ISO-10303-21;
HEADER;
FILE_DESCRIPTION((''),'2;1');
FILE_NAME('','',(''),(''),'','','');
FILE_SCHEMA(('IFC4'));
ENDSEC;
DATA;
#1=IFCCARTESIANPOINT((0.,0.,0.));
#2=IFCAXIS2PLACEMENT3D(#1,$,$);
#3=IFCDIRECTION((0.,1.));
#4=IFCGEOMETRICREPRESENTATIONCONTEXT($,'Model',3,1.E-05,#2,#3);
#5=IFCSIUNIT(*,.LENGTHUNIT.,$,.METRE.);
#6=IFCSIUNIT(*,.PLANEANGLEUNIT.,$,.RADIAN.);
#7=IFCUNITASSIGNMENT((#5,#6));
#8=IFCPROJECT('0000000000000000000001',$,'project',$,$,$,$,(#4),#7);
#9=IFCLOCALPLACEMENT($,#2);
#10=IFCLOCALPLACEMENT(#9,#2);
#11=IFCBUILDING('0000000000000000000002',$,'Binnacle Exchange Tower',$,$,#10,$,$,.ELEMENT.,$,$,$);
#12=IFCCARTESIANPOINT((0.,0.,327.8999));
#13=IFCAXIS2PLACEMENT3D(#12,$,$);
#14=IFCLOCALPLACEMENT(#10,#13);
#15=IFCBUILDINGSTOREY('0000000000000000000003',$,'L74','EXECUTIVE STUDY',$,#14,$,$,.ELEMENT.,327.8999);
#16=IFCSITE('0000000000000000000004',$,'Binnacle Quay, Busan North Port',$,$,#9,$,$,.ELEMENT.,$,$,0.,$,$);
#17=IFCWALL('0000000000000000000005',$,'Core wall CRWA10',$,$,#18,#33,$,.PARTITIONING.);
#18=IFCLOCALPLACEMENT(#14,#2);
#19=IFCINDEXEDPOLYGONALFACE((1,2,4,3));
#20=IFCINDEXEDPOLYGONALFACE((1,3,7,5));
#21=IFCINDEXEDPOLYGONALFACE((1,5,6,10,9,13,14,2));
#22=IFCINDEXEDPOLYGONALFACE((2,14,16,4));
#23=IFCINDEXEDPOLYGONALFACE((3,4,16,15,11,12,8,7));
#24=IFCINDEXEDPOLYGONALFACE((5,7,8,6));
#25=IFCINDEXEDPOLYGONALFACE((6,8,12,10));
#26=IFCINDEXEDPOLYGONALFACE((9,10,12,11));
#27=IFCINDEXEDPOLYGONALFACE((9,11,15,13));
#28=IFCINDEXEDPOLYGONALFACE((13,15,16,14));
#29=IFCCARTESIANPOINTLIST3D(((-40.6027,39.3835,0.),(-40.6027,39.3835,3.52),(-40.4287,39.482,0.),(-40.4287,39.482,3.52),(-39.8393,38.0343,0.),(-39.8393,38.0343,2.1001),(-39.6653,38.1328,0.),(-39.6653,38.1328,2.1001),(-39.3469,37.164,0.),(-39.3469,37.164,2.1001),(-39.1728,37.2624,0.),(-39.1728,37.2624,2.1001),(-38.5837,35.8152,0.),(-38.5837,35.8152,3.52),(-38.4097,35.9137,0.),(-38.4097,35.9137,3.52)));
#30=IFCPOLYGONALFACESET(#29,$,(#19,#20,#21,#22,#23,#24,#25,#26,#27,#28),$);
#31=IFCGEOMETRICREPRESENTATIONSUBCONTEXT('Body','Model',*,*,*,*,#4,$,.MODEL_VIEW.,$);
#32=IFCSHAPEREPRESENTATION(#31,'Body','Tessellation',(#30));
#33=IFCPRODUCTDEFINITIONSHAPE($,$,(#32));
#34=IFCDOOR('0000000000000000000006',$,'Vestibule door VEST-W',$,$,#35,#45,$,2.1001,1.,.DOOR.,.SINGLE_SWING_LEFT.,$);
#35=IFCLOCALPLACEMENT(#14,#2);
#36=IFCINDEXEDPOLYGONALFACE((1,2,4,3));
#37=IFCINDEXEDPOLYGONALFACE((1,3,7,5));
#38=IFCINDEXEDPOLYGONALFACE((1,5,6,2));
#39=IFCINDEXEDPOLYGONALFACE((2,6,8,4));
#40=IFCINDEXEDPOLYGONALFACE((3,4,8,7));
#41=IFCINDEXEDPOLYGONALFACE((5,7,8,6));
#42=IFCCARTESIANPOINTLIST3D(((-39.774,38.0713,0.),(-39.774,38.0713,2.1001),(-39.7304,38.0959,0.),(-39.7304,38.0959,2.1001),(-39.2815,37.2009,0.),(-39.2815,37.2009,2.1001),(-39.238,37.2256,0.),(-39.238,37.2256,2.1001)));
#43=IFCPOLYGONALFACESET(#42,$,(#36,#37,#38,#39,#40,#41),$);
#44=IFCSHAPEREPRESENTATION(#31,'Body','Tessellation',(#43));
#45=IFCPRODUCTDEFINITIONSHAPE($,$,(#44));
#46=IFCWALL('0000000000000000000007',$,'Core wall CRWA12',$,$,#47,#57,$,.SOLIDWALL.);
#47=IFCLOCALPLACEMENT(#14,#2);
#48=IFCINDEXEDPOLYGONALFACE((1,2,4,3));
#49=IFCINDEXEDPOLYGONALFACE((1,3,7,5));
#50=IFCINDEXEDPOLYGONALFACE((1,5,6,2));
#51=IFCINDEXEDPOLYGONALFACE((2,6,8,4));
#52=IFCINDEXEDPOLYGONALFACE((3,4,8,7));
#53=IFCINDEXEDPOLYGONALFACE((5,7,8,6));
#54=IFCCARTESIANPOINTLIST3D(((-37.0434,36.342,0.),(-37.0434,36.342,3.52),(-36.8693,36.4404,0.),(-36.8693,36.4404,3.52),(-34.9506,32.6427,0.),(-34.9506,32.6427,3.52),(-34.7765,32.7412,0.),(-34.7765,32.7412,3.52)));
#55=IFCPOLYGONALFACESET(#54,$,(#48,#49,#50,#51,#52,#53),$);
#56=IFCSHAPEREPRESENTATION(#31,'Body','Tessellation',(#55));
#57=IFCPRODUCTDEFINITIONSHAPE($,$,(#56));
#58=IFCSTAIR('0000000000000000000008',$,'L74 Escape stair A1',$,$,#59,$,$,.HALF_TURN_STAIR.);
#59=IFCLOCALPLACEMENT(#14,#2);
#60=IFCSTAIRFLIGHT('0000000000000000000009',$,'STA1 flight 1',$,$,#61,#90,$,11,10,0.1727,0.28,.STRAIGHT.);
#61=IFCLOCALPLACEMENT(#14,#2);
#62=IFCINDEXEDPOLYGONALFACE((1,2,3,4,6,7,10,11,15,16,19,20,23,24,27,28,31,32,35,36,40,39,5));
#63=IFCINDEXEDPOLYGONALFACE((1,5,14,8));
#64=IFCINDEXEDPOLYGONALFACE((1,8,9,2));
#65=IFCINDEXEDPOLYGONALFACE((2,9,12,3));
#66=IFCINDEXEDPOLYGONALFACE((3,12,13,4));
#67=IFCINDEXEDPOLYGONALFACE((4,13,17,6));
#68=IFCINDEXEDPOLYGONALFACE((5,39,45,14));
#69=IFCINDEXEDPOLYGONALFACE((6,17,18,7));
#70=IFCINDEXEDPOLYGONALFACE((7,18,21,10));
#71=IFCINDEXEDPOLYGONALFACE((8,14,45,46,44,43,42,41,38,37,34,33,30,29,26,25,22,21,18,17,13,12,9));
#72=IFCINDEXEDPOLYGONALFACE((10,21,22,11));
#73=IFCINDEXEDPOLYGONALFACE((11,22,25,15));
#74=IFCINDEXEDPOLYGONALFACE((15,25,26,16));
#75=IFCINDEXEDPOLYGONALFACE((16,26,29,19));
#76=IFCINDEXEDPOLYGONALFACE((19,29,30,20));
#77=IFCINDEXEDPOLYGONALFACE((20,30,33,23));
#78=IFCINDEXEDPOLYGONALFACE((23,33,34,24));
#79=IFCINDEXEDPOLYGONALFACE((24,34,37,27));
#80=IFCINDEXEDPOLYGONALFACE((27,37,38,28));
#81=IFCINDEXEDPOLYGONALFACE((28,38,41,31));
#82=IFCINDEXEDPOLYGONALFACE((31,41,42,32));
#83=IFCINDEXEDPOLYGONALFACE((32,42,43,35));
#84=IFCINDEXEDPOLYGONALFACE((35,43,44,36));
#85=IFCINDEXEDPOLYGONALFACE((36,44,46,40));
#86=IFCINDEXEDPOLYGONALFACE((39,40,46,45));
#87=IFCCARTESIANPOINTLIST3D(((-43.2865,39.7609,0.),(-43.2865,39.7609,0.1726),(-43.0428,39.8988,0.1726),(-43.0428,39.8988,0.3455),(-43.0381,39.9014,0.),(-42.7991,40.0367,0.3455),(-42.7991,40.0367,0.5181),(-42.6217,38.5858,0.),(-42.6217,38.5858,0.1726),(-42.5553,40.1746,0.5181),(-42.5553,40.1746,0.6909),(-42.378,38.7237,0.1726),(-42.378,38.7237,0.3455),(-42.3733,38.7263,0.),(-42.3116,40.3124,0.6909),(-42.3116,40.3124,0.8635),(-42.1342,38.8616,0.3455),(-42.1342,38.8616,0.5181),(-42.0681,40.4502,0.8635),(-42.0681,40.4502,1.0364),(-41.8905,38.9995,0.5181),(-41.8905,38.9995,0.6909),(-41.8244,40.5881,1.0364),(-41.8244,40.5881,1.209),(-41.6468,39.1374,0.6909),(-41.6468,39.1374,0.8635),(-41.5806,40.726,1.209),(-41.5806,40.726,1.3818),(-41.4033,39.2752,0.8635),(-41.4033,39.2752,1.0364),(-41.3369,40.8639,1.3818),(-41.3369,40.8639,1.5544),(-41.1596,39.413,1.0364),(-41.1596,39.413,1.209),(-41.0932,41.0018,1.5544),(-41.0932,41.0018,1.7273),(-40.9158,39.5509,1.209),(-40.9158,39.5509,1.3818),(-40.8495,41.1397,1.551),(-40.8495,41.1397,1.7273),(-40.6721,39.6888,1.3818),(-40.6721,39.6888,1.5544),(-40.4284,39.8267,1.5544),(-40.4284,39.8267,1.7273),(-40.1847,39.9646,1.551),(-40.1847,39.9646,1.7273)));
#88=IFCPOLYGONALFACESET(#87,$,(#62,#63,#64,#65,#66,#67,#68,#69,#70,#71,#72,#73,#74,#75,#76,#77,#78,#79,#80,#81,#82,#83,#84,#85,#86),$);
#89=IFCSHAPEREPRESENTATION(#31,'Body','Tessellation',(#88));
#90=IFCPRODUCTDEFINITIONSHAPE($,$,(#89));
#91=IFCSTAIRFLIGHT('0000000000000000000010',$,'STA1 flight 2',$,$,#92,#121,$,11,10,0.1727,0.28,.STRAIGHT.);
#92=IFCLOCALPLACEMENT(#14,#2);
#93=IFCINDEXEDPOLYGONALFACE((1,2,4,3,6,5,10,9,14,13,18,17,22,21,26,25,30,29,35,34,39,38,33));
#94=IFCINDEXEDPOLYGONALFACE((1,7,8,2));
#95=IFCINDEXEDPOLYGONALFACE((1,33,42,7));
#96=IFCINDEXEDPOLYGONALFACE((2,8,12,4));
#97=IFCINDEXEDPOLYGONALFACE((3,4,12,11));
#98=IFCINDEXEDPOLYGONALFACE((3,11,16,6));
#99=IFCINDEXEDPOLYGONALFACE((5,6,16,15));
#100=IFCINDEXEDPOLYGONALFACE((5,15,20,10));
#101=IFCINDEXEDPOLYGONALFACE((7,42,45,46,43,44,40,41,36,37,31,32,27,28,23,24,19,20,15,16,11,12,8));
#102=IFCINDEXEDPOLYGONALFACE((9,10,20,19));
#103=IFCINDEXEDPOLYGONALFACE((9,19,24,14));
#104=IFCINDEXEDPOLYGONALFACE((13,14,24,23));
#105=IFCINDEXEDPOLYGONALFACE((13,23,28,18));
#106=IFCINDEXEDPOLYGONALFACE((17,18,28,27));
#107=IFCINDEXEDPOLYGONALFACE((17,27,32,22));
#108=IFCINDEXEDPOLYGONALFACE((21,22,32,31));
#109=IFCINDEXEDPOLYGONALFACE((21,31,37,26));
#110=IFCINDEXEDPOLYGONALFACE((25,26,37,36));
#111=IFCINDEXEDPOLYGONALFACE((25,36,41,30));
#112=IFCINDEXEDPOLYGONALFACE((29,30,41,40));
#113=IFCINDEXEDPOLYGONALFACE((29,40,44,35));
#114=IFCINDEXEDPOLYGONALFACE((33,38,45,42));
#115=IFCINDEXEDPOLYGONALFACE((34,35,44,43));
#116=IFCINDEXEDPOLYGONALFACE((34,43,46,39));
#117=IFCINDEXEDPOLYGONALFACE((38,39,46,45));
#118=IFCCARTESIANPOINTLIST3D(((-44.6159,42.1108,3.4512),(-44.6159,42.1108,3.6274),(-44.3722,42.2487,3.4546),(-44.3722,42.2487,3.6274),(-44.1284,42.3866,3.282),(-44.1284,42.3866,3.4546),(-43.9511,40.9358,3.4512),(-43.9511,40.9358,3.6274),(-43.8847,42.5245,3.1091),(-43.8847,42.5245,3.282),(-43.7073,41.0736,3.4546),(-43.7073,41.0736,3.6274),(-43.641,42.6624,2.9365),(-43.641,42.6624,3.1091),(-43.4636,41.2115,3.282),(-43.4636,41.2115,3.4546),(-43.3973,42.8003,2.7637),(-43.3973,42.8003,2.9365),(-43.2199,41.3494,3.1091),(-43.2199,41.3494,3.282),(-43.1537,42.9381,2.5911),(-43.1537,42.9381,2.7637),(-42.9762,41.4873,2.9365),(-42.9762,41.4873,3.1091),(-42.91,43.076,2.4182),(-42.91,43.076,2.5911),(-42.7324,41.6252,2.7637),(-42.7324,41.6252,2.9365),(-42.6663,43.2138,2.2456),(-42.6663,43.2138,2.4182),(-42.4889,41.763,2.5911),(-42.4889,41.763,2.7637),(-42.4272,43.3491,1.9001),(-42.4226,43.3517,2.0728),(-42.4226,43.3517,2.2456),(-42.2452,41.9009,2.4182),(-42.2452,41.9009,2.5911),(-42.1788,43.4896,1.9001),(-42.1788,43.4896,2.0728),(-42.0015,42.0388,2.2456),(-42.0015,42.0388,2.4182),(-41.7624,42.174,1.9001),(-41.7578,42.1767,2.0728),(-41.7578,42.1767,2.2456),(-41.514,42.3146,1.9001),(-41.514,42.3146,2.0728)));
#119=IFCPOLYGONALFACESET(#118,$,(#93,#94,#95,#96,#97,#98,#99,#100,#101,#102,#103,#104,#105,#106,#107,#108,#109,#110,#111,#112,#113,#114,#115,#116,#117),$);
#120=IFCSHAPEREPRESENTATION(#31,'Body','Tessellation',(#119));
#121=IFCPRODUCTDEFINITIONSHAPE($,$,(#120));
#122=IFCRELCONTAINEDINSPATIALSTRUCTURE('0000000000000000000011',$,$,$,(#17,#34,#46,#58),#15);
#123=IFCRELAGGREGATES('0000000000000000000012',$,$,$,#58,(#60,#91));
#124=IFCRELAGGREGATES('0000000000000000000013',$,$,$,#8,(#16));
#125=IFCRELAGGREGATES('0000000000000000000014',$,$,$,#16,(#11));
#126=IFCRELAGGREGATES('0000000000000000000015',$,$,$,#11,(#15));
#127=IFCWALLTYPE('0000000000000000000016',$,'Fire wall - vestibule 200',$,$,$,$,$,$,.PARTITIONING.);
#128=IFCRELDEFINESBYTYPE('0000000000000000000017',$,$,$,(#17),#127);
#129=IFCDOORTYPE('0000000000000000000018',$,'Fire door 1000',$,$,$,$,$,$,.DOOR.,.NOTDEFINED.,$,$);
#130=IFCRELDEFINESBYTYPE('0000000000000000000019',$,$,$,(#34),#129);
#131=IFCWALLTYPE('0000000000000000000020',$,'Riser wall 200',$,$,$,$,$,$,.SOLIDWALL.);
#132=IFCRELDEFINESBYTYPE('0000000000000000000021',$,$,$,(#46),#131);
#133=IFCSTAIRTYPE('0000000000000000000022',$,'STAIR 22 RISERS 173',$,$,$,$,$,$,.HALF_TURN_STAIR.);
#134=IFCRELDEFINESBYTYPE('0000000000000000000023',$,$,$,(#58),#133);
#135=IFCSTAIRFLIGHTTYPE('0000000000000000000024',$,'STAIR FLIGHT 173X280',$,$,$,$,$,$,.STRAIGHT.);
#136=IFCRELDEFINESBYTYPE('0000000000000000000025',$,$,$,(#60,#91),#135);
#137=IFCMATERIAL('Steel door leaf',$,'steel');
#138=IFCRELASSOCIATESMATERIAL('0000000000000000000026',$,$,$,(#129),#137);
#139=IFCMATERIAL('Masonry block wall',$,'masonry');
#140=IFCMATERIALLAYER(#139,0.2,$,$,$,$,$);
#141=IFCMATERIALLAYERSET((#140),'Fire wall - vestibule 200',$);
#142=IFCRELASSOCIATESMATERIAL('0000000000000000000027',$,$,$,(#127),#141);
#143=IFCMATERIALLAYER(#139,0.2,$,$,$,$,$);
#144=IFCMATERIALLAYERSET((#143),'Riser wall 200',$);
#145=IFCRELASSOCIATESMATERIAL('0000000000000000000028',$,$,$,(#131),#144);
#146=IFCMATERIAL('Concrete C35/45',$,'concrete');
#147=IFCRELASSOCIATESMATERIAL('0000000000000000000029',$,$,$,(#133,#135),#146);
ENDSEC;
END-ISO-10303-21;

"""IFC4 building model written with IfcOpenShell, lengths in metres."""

from ifc_helpers import new_model, si_unit, direction, frame, frame_2d, origin, place, context, subcontext, project, spatial, polyline, rectangle, outline, extrude, material, layer, layer_set, type_object, element, fill, aggregate, save


model = new_model("IFC4")

# Units and contexts
model_context = context("Model", 3, precision=1e-05, world=origin(), true_north=direction((0.0, 1.0)))
body_context = subcontext(model_context, "Body", "Model", "MODEL_VIEW")
ifc_project = project(units=[si_unit("LENGTHUNIT", "METRE"), si_unit("PLANEANGLEUNIT", "RADIAN")], contexts=[model_context])

# Site, building, storey
site_placement = place(None, origin())
site = spatial("IfcSite", under=ifc_project, at=site_placement, Name="Binnacle Quay, Busan North Port", CompositionType="ELEMENT", RefElevation=0.0)
building_placement = place(site_placement, origin())
building = spatial("IfcBuilding", under=site, at=building_placement, Name="Binnacle Exchange Tower", CompositionType="ELEMENT")
storey_placement = place(building_placement, frame((0.0, 0.0, 327.8999)))
storey = spatial("IfcBuildingStorey", under=building, at=storey_placement, Name="L74", Description="EXECUTIVE STUDY", CompositionType="ELEMENT", Elevation=327.8999)

# Shared definitions
ifc_material_1 = material(Name="Steel door leaf", Category="steel")

# Shared definitions
door_type_1 = type_object("IfcDoorType", Name="Fire door 1000", OperationType="NOTDEFINED", PredefinedType="DOOR", material=ifc_material_1)

# Wall, opening, door
ifc_material_2 = material(Name="Masonry block wall", Category="masonry")
ifc_layer_1 = layer(ifc_material_2, 0.2)
ifc_layer_set_1 = layer_set([ifc_layer_1], Name="Fire wall - vestibule 200")
wall_type_1 = type_object("IfcWallType", Name="Fire wall - vestibule 200", PredefinedType="PARTITIONING", material=ifc_layer_set_1)
wall_1_placement = place(storey_placement, frame((-40.5156, 39.4326, 0.0), z_axis=(0.0, 0.0, 1.0), x_axis=(0.492454, -0.870339, 0.0)))
wall_1 = element("IfcWall", 1, at=wall_1_placement, inside=storey, type_object=wall_type_1, Name="Core wall CRWA10", PredefinedType="PARTITIONING", context=body_context, shape_type="SweptSolid", body=[
    extrude(rectangle(XDim=4.0999, YDim=0.2, at=frame_2d((2.0498, 0.0))), origin(), (0.0, 0.0, 1.0), 3.52),
])
opening_1_placement = place(wall_1_placement, frame((1.55, 0.0, 0.0)))
opening_1 = element("IfcOpeningElement", 2, at=opening_1_placement, cuts=wall_1, PredefinedType="OPENING", context=body_context, shape_type="SweptSolid", body=[
    extrude(rectangle(XDim=1.0, YDim=2.1001, at=frame_2d((0.5, 1.05))), frame((0.0, 0.1099, 0.0), z_axis=(0.0, -1.0, 0.0), x_axis=(1.0, 0.0, 0.0)), (0.0, 0.0, 1.0), 0.22),
])
door_1_placement = place(opening_1_placement, frame((1.0, 0.0, 0.0), z_axis=(0.0, 0.0, 1.0), x_axis=(-1.0, 0.0, 0.0)))
door_1 = element("IfcDoor", 3, at=door_1_placement, inside=storey, type_object=door_type_1, Name="Vestibule door VEST-W", OperationType="SINGLE_SWING_LEFT", OverallHeight=2.1001, OverallWidth=1.0, PredefinedType="DOOR", context=body_context, shape_type="SweptSolid", body=[
    extrude(rectangle(XDim=1.0, YDim=2.1001, at=frame_2d((0.5, 1.05))), frame((0.0, 0.0249, 0.0), z_axis=(0.0, -1.0, 0.0), x_axis=(1.0, 0.0, 0.0)), (0.0, 0.0, 1.0), 0.05),
])
fill(opening_1, door_1)

# Wall
ifc_layer_2 = layer(ifc_material_2, 0.2)
ifc_layer_set_2 = layer_set([ifc_layer_2], Name="Riser wall 200")
wall_type_2 = type_object("IfcWallType", Name="Riser wall 200", PredefinedType="SOLIDWALL", material=ifc_layer_set_2)
wall_2_placement = place(storey_placement, frame((-36.9563, 36.3911, 0.0), z_axis=(0.0, 0.0, 1.0), x_axis=(0.492398, -0.87037, 0.0)))
element("IfcWall", 4, at=wall_2_placement, inside=storey, type_object=wall_type_2, Name="Core wall CRWA12", PredefinedType="SOLIDWALL", context=body_context, shape_type="SweptSolid", body=[
    extrude(rectangle(XDim=4.2502, YDim=0.2, at=frame_2d((2.125, 0.0))), origin(), (0.0, 0.0, 1.0), 3.52),
])

# Stair, stair flights
ifc_material_3 = material(Name="Concrete C35/45", Category="concrete")
stair_type = type_object("IfcStairType", Name="STAIR 22 RISERS 173", PredefinedType="HALF_TURN_STAIR", material=ifc_material_3)
stair_placement = place(storey_placement, origin())
stair = element("IfcStair", 5, at=stair_placement, inside=storey, type_object=stair_type, Name="L74 Escape stair A1", PredefinedType="HALF_TURN_STAIR")
stair_flight_type = type_object("IfcStairFlightType", Name="STAIR FLIGHT 173X280", PredefinedType="STRAIGHT", material=ifc_material_3)
stair_flight_1_placement = place(storey_placement, frame((-42.9541, 39.1733, 0.0), z_axis=(0.0, 0.0, 1.0), x_axis=(0.870356, 0.492424, 0.0)))
stair_flight_1 = element("IfcStairFlight", 6, at=stair_flight_1_placement, type_object=stair_flight_type, Name="STA1 flight 1", NumberOfRisers=11, NumberOfTreads=10, PredefinedType="STRAIGHT", RiserHeight=0.1727, TreadLength=0.28, context=body_context, shape_type="SweptSolid", body=[
    extrude(outline(polyline([(0.0, 0.0), (0.0, 0.1726), (0.28, 0.1726), (0.28, 0.3455), (0.5601, 0.3455), (0.5601, 0.5181), (0.8401, 0.5181), (0.8401, 0.6909), (1.1201, 0.6909), (1.1201, 0.8635), (1.3999, 0.8635), (1.3999, 1.0364), (1.6799, 1.0364), (1.6799, 1.209), (1.96, 1.209), (1.96, 1.3818), (2.24, 1.3818), (2.24, 1.5544), (2.52, 1.5544), (2.52, 1.7273), (2.8, 1.7273), (2.8, 1.8999), (2.8, 1.551), (0.2854, 0.0), (0.0, 0.0)])), frame((0.0, 0.675, 0.0), z_axis=(0.0, -1.0, 0.0), x_axis=(1.0, 0.0, 0.0)), (0.0, 0.0, 1.0), 1.3501),
])
stair_flight_2_placement = place(storey_placement, frame((-41.8464, 42.9021, 1.9001), z_axis=(0.0, 0.0, 1.0), x_axis=(-0.870356, -0.492424, 0.0)))
stair_flight_2 = element("IfcStairFlight", 7, at=stair_flight_2_placement, type_object=stair_flight_type, Name="STA1 flight 2", NumberOfRisers=11, NumberOfTreads=10, PredefinedType="STRAIGHT", RiserHeight=0.1727, TreadLength=0.28, context=body_context, shape_type="SweptSolid", body=[
    extrude(outline(polyline([(0.0, 0.0), (0.0, 0.1726), (0.28, 0.1726), (0.28, 0.3455), (0.5601, 0.3455), (0.5601, 0.5181), (0.8401, 0.5181), (0.8401, 0.6909), (1.1201, 0.6909), (1.1201, 0.8635), (1.3999, 0.8635), (1.3999, 1.0364), (1.6799, 1.0364), (1.6799, 1.209), (1.96, 1.209), (1.96, 1.3818), (2.24, 1.3818), (2.24, 1.5544), (2.52, 1.5544), (2.52, 1.7273), (2.8, 1.7273), (2.8, 1.8999), (2.8, 1.551), (0.2854, 0.0), (0.0, 0.0)])), frame((0.0, 0.675, 0.0), z_axis=(0.0, -1.0, 0.0), x_axis=(1.0, 0.0, 0.0)), (0.0, 0.0, 1.0), 1.3501),
])
aggregate(stair, [stair_flight_1, stair_flight_2])

save(model, "model.ifc")
